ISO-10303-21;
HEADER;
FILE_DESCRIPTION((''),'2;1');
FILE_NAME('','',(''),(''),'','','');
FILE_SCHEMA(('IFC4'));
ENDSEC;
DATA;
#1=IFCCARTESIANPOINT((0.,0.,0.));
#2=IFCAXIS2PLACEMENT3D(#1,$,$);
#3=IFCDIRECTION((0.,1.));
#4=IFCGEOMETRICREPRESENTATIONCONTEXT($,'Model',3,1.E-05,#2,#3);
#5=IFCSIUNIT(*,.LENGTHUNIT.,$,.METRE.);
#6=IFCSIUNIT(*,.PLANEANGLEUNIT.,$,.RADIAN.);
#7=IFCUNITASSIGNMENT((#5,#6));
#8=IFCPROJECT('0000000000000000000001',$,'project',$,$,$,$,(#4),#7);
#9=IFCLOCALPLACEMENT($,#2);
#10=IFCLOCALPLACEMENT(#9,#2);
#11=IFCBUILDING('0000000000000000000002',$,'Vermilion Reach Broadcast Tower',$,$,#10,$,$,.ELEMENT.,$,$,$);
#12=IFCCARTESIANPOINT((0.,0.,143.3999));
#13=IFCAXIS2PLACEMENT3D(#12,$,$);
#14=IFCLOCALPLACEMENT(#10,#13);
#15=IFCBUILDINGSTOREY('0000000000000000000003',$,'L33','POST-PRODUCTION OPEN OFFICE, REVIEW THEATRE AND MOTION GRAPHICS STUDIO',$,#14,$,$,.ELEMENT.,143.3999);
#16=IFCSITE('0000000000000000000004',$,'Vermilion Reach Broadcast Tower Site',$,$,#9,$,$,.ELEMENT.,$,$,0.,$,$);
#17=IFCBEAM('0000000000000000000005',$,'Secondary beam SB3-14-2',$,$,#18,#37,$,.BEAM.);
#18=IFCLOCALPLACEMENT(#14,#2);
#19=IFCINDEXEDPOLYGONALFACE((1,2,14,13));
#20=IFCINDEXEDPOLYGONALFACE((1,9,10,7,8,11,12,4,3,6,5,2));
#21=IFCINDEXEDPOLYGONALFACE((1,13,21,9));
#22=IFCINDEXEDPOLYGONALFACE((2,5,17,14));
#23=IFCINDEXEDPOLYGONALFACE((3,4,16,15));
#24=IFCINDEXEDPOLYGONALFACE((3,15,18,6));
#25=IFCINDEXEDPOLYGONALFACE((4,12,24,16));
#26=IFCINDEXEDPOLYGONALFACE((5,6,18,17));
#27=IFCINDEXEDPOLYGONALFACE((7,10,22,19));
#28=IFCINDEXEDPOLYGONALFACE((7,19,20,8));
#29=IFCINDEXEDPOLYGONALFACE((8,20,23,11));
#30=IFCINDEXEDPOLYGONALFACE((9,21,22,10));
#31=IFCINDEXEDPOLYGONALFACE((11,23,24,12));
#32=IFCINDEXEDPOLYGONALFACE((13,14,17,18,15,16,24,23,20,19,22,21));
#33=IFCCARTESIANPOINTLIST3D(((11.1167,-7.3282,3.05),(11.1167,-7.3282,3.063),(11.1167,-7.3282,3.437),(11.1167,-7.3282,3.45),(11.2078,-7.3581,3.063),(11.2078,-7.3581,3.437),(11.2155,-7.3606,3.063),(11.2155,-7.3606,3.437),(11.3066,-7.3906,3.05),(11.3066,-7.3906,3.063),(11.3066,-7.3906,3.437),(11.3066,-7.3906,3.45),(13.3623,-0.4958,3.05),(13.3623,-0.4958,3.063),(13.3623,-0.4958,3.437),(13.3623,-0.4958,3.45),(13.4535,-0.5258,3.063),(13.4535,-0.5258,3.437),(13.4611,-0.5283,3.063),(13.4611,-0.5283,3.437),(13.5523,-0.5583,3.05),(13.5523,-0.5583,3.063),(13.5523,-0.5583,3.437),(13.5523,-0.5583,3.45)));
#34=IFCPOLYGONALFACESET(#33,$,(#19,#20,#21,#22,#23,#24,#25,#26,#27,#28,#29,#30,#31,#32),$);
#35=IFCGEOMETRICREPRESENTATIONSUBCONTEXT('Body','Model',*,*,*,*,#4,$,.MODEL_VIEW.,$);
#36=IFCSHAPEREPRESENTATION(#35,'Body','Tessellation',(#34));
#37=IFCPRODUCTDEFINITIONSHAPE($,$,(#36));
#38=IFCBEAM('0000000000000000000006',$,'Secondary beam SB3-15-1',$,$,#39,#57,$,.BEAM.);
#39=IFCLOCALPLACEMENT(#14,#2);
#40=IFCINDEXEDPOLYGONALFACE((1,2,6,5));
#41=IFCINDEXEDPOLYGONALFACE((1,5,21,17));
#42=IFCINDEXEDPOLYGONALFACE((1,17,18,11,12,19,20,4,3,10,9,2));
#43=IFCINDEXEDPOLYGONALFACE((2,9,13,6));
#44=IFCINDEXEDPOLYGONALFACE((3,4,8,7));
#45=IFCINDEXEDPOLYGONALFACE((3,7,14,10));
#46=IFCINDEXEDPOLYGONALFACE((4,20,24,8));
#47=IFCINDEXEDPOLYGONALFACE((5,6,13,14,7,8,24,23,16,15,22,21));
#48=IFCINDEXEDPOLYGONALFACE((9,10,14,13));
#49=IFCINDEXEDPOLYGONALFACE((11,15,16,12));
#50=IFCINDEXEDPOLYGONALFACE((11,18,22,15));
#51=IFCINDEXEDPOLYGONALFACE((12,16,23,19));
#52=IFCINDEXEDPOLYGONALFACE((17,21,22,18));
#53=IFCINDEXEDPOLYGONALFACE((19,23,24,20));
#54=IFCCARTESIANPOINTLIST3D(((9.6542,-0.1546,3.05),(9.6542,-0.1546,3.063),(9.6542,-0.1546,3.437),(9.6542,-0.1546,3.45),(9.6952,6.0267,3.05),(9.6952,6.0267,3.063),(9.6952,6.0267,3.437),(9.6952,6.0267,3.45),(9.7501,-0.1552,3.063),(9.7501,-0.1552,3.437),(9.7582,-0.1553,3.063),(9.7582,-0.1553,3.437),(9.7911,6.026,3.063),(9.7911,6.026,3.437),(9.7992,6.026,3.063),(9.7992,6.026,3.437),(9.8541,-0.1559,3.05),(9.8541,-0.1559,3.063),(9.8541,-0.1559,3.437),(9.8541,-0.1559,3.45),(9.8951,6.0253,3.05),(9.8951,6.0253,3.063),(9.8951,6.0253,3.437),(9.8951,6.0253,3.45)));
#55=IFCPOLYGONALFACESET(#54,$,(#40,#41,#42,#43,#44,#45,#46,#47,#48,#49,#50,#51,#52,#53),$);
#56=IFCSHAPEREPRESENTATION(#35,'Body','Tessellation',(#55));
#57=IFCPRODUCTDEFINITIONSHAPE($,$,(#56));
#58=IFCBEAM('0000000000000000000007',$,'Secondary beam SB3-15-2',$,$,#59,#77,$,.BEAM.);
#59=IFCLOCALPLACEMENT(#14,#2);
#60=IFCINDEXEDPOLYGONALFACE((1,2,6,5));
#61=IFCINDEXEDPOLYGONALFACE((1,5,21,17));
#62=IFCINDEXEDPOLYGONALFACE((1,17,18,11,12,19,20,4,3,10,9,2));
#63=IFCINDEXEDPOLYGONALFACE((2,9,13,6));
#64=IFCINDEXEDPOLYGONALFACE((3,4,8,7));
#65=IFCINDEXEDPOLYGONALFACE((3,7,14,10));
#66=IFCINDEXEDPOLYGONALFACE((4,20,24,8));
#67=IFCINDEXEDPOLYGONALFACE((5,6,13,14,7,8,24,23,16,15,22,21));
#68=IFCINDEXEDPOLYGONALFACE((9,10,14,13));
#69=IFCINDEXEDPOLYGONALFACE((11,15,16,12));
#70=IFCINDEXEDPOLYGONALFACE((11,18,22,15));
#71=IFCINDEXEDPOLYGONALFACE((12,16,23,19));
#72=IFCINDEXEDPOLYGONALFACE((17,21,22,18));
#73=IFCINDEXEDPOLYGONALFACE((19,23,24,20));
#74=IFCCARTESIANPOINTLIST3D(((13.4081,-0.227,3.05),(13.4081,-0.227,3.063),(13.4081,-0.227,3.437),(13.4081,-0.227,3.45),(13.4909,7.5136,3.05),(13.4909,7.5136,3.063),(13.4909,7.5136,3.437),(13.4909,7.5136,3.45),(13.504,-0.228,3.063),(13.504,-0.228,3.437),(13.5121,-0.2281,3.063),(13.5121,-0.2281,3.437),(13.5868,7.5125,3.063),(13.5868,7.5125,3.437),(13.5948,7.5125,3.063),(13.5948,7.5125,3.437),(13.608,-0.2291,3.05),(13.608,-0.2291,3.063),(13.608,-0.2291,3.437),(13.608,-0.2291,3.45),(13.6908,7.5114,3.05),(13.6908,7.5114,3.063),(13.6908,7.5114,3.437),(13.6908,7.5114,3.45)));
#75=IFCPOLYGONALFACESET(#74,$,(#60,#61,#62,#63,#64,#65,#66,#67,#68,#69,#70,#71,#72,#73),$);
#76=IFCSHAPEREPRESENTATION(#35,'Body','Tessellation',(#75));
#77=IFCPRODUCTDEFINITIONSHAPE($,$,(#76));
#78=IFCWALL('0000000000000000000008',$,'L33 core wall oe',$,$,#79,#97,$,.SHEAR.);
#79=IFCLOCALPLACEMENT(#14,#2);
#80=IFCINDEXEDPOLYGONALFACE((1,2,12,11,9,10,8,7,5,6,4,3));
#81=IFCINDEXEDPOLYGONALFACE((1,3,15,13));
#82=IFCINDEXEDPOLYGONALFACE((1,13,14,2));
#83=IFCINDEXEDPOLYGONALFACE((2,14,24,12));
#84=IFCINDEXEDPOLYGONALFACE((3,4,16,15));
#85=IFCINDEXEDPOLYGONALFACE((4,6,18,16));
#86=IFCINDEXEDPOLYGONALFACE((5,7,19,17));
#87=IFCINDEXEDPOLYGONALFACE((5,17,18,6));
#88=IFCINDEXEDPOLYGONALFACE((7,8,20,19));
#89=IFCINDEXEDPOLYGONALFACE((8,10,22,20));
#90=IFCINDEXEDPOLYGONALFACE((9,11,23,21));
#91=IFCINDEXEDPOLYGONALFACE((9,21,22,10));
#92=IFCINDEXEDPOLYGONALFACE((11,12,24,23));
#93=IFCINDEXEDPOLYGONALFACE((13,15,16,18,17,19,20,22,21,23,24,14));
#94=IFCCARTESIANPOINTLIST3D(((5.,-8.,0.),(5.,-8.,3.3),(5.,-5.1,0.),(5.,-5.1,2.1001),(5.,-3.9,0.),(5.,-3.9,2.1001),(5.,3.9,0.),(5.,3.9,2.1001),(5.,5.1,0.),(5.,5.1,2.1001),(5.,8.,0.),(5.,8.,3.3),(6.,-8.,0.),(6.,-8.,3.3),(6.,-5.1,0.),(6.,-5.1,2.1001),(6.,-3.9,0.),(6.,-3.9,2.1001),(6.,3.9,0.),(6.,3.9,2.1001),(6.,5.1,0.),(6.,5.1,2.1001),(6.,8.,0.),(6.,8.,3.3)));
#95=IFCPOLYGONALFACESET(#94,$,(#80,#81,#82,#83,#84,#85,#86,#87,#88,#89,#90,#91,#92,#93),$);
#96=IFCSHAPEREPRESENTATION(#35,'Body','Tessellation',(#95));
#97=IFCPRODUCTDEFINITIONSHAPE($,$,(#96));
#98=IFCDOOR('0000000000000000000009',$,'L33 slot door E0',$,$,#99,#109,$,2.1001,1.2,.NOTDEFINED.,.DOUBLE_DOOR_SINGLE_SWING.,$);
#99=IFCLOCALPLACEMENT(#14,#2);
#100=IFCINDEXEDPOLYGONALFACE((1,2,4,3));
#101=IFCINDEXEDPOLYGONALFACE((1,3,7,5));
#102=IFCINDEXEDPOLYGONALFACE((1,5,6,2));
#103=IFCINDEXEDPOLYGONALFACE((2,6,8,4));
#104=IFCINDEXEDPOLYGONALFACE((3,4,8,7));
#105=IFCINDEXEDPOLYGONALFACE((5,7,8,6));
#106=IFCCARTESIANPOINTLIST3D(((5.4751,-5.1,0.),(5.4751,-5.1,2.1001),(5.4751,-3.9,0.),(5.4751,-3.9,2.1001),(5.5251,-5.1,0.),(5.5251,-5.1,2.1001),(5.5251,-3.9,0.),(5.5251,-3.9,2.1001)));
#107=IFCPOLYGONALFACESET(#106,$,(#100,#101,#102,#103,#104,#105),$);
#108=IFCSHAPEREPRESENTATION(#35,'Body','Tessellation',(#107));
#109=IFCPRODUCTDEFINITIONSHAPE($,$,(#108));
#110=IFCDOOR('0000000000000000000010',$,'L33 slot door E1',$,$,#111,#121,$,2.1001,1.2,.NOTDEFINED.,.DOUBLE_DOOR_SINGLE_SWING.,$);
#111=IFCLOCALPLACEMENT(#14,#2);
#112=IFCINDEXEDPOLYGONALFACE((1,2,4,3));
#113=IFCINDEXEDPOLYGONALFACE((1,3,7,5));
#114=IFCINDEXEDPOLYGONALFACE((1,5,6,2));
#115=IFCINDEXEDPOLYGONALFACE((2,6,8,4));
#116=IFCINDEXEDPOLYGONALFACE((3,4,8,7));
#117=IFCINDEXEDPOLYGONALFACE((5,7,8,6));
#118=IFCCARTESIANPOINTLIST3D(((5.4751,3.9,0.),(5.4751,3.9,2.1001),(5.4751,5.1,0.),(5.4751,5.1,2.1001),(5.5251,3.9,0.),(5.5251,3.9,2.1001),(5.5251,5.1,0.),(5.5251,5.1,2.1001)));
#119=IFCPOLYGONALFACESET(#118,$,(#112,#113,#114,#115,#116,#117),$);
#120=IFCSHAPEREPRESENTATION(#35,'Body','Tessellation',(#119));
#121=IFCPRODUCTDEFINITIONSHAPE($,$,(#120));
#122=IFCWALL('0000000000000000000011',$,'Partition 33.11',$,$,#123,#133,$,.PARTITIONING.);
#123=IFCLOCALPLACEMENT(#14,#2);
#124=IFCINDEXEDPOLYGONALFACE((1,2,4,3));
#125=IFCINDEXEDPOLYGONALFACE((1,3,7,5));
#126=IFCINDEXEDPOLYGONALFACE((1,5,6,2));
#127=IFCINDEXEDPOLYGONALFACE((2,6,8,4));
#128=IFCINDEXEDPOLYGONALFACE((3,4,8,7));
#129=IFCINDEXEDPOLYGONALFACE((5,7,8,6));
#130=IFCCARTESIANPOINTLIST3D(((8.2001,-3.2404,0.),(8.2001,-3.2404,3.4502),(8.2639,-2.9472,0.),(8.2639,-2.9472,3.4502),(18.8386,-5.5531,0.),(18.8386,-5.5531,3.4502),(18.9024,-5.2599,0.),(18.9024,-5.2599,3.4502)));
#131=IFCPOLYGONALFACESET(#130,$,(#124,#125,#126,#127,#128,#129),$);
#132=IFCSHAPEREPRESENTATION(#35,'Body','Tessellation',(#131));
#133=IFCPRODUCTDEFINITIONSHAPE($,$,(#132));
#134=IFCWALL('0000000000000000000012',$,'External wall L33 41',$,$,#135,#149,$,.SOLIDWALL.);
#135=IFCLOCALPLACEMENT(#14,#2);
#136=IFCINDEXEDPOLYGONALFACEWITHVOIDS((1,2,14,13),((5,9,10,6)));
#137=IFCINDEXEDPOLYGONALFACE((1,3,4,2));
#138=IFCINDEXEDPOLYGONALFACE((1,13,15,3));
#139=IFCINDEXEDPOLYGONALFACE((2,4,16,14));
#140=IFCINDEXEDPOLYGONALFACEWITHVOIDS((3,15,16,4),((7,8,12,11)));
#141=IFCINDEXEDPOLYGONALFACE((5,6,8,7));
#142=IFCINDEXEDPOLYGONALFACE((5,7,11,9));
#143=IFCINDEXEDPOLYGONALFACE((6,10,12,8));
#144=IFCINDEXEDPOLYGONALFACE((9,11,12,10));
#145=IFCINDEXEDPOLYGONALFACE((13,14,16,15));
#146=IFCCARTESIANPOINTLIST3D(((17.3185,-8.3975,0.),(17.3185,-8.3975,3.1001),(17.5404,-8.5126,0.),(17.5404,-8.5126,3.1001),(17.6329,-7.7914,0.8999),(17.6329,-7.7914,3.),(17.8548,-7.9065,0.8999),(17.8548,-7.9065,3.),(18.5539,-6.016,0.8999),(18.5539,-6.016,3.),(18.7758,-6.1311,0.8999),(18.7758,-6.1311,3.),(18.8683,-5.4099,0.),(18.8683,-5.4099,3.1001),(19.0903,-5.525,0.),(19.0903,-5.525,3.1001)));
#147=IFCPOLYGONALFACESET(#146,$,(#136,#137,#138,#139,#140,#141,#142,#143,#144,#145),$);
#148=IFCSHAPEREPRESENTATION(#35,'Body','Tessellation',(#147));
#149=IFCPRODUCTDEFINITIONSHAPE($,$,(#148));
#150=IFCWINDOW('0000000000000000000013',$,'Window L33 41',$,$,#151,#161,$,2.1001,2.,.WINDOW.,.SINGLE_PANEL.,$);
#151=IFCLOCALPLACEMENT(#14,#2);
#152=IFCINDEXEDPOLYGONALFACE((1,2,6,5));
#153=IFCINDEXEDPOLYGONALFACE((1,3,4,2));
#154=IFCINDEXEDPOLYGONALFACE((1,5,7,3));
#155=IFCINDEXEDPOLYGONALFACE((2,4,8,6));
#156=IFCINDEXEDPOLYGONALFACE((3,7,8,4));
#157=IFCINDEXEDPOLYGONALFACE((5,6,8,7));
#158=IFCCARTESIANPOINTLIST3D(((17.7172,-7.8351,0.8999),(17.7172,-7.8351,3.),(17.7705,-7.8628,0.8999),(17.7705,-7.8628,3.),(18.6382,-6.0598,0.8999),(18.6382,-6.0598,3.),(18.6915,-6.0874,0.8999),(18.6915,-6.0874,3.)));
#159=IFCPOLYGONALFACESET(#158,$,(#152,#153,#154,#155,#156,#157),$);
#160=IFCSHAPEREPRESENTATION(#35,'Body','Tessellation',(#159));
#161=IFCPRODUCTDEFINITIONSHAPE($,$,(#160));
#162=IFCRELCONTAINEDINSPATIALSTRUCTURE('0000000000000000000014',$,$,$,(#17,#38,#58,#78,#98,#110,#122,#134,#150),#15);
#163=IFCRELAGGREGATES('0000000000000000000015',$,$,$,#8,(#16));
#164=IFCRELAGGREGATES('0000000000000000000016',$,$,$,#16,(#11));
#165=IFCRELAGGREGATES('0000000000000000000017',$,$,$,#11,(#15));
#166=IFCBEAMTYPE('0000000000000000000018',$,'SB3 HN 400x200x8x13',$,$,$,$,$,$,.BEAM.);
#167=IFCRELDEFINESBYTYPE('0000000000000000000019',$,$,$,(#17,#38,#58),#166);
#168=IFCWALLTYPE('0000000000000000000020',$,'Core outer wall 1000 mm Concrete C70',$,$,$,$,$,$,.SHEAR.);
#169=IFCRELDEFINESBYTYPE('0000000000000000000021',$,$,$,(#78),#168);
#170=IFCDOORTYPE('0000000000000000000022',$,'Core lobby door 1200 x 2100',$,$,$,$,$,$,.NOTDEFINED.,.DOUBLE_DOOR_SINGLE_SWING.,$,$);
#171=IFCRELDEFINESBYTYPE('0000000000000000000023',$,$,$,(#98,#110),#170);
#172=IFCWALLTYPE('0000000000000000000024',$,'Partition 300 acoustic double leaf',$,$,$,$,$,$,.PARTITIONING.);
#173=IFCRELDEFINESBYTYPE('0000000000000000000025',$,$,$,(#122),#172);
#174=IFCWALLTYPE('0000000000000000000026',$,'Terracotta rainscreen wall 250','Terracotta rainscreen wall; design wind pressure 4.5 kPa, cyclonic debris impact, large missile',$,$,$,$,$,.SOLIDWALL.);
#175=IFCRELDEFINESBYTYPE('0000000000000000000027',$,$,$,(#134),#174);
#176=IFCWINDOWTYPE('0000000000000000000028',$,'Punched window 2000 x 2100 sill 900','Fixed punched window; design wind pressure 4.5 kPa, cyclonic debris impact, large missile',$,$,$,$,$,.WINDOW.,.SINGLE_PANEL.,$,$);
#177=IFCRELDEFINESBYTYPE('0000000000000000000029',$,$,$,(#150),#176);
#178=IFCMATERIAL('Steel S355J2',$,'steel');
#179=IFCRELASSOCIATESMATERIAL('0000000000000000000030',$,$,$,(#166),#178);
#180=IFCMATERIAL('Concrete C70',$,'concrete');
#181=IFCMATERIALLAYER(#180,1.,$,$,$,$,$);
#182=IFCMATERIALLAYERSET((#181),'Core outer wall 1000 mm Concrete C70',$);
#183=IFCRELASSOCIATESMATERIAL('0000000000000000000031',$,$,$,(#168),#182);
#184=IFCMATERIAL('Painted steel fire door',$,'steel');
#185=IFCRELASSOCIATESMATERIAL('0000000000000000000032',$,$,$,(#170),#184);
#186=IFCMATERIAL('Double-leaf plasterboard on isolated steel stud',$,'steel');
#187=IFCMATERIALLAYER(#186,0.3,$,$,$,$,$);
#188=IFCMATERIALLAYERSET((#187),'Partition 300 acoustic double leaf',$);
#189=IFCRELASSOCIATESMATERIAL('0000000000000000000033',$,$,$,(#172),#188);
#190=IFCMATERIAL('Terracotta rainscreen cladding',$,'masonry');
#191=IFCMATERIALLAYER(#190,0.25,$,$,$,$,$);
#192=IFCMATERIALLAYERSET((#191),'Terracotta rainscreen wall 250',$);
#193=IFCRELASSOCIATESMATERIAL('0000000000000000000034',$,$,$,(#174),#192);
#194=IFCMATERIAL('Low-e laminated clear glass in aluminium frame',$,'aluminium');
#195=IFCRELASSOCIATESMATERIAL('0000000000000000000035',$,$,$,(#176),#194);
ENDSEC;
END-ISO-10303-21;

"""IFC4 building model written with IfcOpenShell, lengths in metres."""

from ifc_helpers import new_model, si_unit, direction, frame, frame_2d, origin, origin_2d, place, context, subcontext, project, spatial, rectangle, i_section, extrude, material, layer, layer_set, material_profile, profile_set, type_object, element, fill, save


model = new_model("IFC4")

# Units and contexts
model_context = context("Model", 3, precision=1e-05, world=origin(), true_north=direction((0.0, 1.0)))
body_context = subcontext(model_context, "Body", "Model", "MODEL_VIEW")
ifc_project = project(units=[si_unit("LENGTHUNIT", "METRE"), si_unit("PLANEANGLEUNIT", "RADIAN")], contexts=[model_context])

# Site, building, storey
site_placement = place(None, origin())
site = spatial("IfcSite", under=ifc_project, at=site_placement, Name="Vermilion Reach Broadcast Tower Site", CompositionType="ELEMENT", RefElevation=0.0)
building_placement = place(site_placement, origin())
building = spatial("IfcBuilding", under=site, at=building_placement, Name="Vermilion Reach Broadcast Tower", CompositionType="ELEMENT")
storey_placement = place(building_placement, frame((0.0, 0.0, 143.3999)))
storey = spatial("IfcBuildingStorey", under=building, at=storey_placement, Name="L33", Description="POST-PRODUCTION OPEN OFFICE, REVIEW THEATRE AND MOTION GRAPHICS STUDIO", CompositionType="ELEMENT", Elevation=143.3999)

# Beams
ifc_material_1 = material(Name="Steel S355J2", Category="steel")
ifc_material_profile_1 = material_profile(ifc_material_1, i_section(OverallWidth=0.2, OverallDepth=0.3999, WebThickness=0.0081, FlangeThickness=0.0129, at=origin_2d()), Name="S355J2 HN 400x200x8x13")
ifc_profile_set_1 = profile_set([ifc_material_profile_1], Name="Steel S355J2")
beam_type_1 = type_object("IfcBeamType", Name="SB3 HN 400x200x8x13", PredefinedType="BEAM", material=ifc_profile_set_1)
beam_1_placement = place(storey_placement, frame((11.2117, -7.3594, 3.25), z_axis=(0.312243, 0.950002, 0.0), x_axis=(-0.950002, 0.312243, 0.0)))
element("IfcBeam", 1, at=beam_1_placement, inside=storey, type_object=beam_type_1, Name="Secondary beam SB3-14-2", PredefinedType="BEAM", context=body_context, shape_type="SweptSolid", body=[
    extrude(i_section(OverallWidth=0.2, OverallDepth=0.3999, WebThickness=0.0081, FlangeThickness=0.0129, at=origin_2d()), origin(), (0.0, 0.0, 1.0), 7.1919),
])
beam_2_placement = place(storey_placement, frame((9.7542, -0.1553, 3.25), z_axis=(0.006635, 0.999978, 0.0), x_axis=(-0.999978, 0.006635, 0.0)))
element("IfcBeam", 2, at=beam_2_placement, inside=storey, type_object=beam_type_1, Name="Secondary beam SB3-15-1", PredefinedType="BEAM", context=body_context, shape_type="SweptSolid", body=[
    extrude(i_section(OverallWidth=0.2, OverallDepth=0.3999, WebThickness=0.0081, FlangeThickness=0.0129, at=origin_2d()), origin(), (0.0, 0.0, 1.0), 6.1814),
])
beam_3_placement = place(storey_placement, frame((13.5081, -0.228, 3.25), z_axis=(0.010692, 0.999943, 0.0), x_axis=(-0.999943, 0.010692, 0.0)))
element("IfcBeam", 3, at=beam_3_placement, inside=storey, type_object=beam_type_1, Name="Secondary beam SB3-15-2", PredefinedType="BEAM", context=body_context, shape_type="SweptSolid", body=[
    extrude(i_section(OverallWidth=0.2, OverallDepth=0.3999, WebThickness=0.0081, FlangeThickness=0.0129, at=origin_2d()), origin(), (0.0, 0.0, 1.0), 7.741),
])

# Wall, openings, doors
ifc_material_2 = material(Name="Concrete C70", Category="concrete")
ifc_layer_1 = layer(ifc_material_2, 1.0)
ifc_layer_set_1 = layer_set([ifc_layer_1], Name="Core outer wall 1000 mm Concrete C70")
wall_type_1 = type_object("IfcWallType", Name="Core outer wall 1000 mm Concrete C70", PredefinedType="SHEAR", material=ifc_layer_set_1)
wall_1_placement = place(storey_placement, frame((5.5, -8.0, 0.0), z_axis=(0.0, 0.0, 1.0), x_axis=(0.0, 1.0, 0.0)))
wall_1 = element("IfcWall", 4, at=wall_1_placement, inside=storey, type_object=wall_type_1, Name="L33 core wall oe", PredefinedType="SHEAR", context=body_context, shape_type="SweptSolid", body=[
    extrude(rectangle(XDim=16.0, YDim=1.0, at=frame_2d((8.0, 0.0))), origin(), (0.0, 0.0, 1.0), 3.3),
])
opening_1_placement = place(wall_1_placement, frame((2.8999, 0.0, 0.0)))
opening_1 = element("IfcOpeningElement", 5, at=opening_1_placement, cuts=wall_1, PredefinedType="OPENING", context=body_context, shape_type="SweptSolid", body=[
    extrude(rectangle(XDim=1.2, YDim=2.1001, at=frame_2d((0.6001, 1.05))), frame((0.0, 0.51, 0.0), z_axis=(0.0, -1.0, 0.0), x_axis=(1.0, 0.0, 0.0)), (0.0, 0.0, 1.0), 1.02),
])
opening_2_placement = place(wall_1_placement, frame((11.8999, 0.0, 0.0)))
opening_2 = element("IfcOpeningElement", 6, at=opening_2_placement, cuts=wall_1, PredefinedType="OPENING", context=body_context, shape_type="SweptSolid", body=[
    extrude(rectangle(XDim=1.2, YDim=2.1001, at=frame_2d((0.6001, 1.05))), frame((0.0, 0.51, 0.0), z_axis=(0.0, -1.0, 0.0), x_axis=(1.0, 0.0, 0.0)), (0.0, 0.0, 1.0), 1.02),
])
ifc_material_3 = material(Name="Painted steel fire door", Category="steel")
door_type_1 = type_object("IfcDoorType", Name="Core lobby door 1200 x 2100", OperationType="DOUBLE_DOOR_SINGLE_SWING", PredefinedType="NOTDEFINED", material=ifc_material_3)
door_1_placement = place(opening_1_placement, origin())
door_1 = element("IfcDoor", 7, at=door_1_placement, inside=storey, type_object=door_type_1, Name="L33 slot door E0", OperationType="DOUBLE_DOOR_SINGLE_SWING", OverallHeight=2.1001, OverallWidth=1.2, PredefinedType="NOTDEFINED", context=body_context, shape_type="SweptSolid", body=[
    extrude(rectangle(XDim=1.2, YDim=2.1001, at=frame_2d((0.6001, 1.05))), frame((0.0, 0.0249, 0.0), z_axis=(0.0, -1.0, 0.0), x_axis=(1.0, 0.0, 0.0)), (0.0, 0.0, 1.0), 0.05),
])
fill(opening_1, door_1)
door_2_placement = place(opening_2_placement, origin())
door_2 = element("IfcDoor", 8, at=door_2_placement, inside=storey, type_object=door_type_1, Name="L33 slot door E1", OperationType="DOUBLE_DOOR_SINGLE_SWING", OverallHeight=2.1001, OverallWidth=1.2, PredefinedType="NOTDEFINED", context=body_context, shape_type="SweptSolid", body=[
    extrude(rectangle(XDim=1.2, YDim=2.1001, at=frame_2d((0.6001, 1.05))), frame((0.0, 0.0249, 0.0), z_axis=(0.0, -1.0, 0.0), x_axis=(1.0, 0.0, 0.0)), (0.0, 0.0, 1.0), 0.05),
])
fill(opening_2, door_2)

# Wall
ifc_material_4 = material(Name="Double-leaf plasterboard on isolated steel stud", Category="steel")
ifc_layer_2 = layer(ifc_material_4, 0.3)
ifc_layer_set_2 = layer_set([ifc_layer_2], Name="Partition 300 acoustic double leaf")
wall_type_2 = type_object("IfcWallType", Name="Partition 300 acoustic double leaf", PredefinedType="PARTITIONING", material=ifc_layer_set_2)
wall_2_placement = place(storey_placement, frame((18.8704, -5.4065, 0.0), z_axis=(0.0, 0.0, 1.0), x_axis=(-0.977176, 0.212433, 0.0)))
element("IfcWall", 9, at=wall_2_placement, inside=storey, type_object=wall_type_2, Name="Partition 33.11", PredefinedType="PARTITIONING", context=body_context, shape_type="SweptSolid", body=[
    extrude(rectangle(XDim=10.887, YDim=0.3, at=frame_2d((5.4434, 0.0))), origin(), (0.0, 0.0, 1.0), 3.4502),
])

# Wall, opening, window
ifc_material_5 = material(Name="Terracotta rainscreen cladding", Category="masonry")
ifc_layer_3 = layer(ifc_material_5, 0.25)
ifc_layer_set_3 = layer_set([ifc_layer_3], Name="Terracotta rainscreen wall 250")
wall_type_3 = type_object("IfcWallType", Name="Terracotta rainscreen wall 250", Description="Terracotta rainscreen wall; design wind pressure 4.5 kPa, cyclonic debris impact, large missile", PredefinedType="SOLIDWALL", material=ifc_layer_set_3)
wall_3_placement = place(storey_placement, frame((17.4294, -8.4551, 0.0), z_axis=(0.0, 0.0, 1.0), x_axis=(0.460482, 0.887669, 0.0)))
wall_3 = element("IfcWall", 10, at=wall_3_placement, inside=storey, type_object=wall_type_3, Name="External wall L33 41", PredefinedType="SOLIDWALL", context=body_context, shape_type="SweptSolid", body=[
    extrude(rectangle(XDim=3.3657, YDim=0.25, at=frame_2d((1.6829, 0.0))), origin(), (0.0, 0.0, 1.0), 3.1001),
])
opening_3_placement = place(wall_3_placement, frame((0.6829, 0.0, 0.8999)))
opening_3 = element("IfcOpeningElement", 11, at=opening_3_placement, cuts=wall_3, PredefinedType="OPENING", context=body_context, shape_type="SweptSolid", body=[
    extrude(rectangle(XDim=2.0, YDim=2.1001, at=frame_2d((1.0, 1.05))), frame((0.0, 0.135, 0.0), z_axis=(0.0, -1.0, 0.0), x_axis=(1.0, 0.0, 0.0)), (0.0, 0.0, 1.0), 0.27),
])
ifc_material_6 = material(Name="Low-e laminated clear glass in aluminium frame", Category="aluminium")
window_type = type_object("IfcWindowType", Name="Punched window 2000 x 2100 sill 900", Description="Fixed punched window; design wind pressure 4.5 kPa, cyclonic debris impact, large missile", PartitioningType="SINGLE_PANEL", PredefinedType="WINDOW", material=ifc_material_6)
window_1_placement = place(opening_3_placement, origin())
window_1 = element("IfcWindow", 12, at=window_1_placement, inside=storey, type_object=window_type, Name="Window L33 41", OverallHeight=2.1001, OverallWidth=2.0, PartitioningType="SINGLE_PANEL", PredefinedType="WINDOW", context=body_context, shape_type="SweptSolid", body=[
    extrude(rectangle(XDim=2.0, YDim=2.1001, at=frame_2d((1.0, 1.05))), frame((0.0, 0.03, 0.0), z_axis=(0.0, -1.0, 0.0), x_axis=(1.0, 0.0, 0.0)), (0.0, 0.0, 1.0), 0.0601),
])
fill(opening_3, window_1)

save(model, "model.ifc")
